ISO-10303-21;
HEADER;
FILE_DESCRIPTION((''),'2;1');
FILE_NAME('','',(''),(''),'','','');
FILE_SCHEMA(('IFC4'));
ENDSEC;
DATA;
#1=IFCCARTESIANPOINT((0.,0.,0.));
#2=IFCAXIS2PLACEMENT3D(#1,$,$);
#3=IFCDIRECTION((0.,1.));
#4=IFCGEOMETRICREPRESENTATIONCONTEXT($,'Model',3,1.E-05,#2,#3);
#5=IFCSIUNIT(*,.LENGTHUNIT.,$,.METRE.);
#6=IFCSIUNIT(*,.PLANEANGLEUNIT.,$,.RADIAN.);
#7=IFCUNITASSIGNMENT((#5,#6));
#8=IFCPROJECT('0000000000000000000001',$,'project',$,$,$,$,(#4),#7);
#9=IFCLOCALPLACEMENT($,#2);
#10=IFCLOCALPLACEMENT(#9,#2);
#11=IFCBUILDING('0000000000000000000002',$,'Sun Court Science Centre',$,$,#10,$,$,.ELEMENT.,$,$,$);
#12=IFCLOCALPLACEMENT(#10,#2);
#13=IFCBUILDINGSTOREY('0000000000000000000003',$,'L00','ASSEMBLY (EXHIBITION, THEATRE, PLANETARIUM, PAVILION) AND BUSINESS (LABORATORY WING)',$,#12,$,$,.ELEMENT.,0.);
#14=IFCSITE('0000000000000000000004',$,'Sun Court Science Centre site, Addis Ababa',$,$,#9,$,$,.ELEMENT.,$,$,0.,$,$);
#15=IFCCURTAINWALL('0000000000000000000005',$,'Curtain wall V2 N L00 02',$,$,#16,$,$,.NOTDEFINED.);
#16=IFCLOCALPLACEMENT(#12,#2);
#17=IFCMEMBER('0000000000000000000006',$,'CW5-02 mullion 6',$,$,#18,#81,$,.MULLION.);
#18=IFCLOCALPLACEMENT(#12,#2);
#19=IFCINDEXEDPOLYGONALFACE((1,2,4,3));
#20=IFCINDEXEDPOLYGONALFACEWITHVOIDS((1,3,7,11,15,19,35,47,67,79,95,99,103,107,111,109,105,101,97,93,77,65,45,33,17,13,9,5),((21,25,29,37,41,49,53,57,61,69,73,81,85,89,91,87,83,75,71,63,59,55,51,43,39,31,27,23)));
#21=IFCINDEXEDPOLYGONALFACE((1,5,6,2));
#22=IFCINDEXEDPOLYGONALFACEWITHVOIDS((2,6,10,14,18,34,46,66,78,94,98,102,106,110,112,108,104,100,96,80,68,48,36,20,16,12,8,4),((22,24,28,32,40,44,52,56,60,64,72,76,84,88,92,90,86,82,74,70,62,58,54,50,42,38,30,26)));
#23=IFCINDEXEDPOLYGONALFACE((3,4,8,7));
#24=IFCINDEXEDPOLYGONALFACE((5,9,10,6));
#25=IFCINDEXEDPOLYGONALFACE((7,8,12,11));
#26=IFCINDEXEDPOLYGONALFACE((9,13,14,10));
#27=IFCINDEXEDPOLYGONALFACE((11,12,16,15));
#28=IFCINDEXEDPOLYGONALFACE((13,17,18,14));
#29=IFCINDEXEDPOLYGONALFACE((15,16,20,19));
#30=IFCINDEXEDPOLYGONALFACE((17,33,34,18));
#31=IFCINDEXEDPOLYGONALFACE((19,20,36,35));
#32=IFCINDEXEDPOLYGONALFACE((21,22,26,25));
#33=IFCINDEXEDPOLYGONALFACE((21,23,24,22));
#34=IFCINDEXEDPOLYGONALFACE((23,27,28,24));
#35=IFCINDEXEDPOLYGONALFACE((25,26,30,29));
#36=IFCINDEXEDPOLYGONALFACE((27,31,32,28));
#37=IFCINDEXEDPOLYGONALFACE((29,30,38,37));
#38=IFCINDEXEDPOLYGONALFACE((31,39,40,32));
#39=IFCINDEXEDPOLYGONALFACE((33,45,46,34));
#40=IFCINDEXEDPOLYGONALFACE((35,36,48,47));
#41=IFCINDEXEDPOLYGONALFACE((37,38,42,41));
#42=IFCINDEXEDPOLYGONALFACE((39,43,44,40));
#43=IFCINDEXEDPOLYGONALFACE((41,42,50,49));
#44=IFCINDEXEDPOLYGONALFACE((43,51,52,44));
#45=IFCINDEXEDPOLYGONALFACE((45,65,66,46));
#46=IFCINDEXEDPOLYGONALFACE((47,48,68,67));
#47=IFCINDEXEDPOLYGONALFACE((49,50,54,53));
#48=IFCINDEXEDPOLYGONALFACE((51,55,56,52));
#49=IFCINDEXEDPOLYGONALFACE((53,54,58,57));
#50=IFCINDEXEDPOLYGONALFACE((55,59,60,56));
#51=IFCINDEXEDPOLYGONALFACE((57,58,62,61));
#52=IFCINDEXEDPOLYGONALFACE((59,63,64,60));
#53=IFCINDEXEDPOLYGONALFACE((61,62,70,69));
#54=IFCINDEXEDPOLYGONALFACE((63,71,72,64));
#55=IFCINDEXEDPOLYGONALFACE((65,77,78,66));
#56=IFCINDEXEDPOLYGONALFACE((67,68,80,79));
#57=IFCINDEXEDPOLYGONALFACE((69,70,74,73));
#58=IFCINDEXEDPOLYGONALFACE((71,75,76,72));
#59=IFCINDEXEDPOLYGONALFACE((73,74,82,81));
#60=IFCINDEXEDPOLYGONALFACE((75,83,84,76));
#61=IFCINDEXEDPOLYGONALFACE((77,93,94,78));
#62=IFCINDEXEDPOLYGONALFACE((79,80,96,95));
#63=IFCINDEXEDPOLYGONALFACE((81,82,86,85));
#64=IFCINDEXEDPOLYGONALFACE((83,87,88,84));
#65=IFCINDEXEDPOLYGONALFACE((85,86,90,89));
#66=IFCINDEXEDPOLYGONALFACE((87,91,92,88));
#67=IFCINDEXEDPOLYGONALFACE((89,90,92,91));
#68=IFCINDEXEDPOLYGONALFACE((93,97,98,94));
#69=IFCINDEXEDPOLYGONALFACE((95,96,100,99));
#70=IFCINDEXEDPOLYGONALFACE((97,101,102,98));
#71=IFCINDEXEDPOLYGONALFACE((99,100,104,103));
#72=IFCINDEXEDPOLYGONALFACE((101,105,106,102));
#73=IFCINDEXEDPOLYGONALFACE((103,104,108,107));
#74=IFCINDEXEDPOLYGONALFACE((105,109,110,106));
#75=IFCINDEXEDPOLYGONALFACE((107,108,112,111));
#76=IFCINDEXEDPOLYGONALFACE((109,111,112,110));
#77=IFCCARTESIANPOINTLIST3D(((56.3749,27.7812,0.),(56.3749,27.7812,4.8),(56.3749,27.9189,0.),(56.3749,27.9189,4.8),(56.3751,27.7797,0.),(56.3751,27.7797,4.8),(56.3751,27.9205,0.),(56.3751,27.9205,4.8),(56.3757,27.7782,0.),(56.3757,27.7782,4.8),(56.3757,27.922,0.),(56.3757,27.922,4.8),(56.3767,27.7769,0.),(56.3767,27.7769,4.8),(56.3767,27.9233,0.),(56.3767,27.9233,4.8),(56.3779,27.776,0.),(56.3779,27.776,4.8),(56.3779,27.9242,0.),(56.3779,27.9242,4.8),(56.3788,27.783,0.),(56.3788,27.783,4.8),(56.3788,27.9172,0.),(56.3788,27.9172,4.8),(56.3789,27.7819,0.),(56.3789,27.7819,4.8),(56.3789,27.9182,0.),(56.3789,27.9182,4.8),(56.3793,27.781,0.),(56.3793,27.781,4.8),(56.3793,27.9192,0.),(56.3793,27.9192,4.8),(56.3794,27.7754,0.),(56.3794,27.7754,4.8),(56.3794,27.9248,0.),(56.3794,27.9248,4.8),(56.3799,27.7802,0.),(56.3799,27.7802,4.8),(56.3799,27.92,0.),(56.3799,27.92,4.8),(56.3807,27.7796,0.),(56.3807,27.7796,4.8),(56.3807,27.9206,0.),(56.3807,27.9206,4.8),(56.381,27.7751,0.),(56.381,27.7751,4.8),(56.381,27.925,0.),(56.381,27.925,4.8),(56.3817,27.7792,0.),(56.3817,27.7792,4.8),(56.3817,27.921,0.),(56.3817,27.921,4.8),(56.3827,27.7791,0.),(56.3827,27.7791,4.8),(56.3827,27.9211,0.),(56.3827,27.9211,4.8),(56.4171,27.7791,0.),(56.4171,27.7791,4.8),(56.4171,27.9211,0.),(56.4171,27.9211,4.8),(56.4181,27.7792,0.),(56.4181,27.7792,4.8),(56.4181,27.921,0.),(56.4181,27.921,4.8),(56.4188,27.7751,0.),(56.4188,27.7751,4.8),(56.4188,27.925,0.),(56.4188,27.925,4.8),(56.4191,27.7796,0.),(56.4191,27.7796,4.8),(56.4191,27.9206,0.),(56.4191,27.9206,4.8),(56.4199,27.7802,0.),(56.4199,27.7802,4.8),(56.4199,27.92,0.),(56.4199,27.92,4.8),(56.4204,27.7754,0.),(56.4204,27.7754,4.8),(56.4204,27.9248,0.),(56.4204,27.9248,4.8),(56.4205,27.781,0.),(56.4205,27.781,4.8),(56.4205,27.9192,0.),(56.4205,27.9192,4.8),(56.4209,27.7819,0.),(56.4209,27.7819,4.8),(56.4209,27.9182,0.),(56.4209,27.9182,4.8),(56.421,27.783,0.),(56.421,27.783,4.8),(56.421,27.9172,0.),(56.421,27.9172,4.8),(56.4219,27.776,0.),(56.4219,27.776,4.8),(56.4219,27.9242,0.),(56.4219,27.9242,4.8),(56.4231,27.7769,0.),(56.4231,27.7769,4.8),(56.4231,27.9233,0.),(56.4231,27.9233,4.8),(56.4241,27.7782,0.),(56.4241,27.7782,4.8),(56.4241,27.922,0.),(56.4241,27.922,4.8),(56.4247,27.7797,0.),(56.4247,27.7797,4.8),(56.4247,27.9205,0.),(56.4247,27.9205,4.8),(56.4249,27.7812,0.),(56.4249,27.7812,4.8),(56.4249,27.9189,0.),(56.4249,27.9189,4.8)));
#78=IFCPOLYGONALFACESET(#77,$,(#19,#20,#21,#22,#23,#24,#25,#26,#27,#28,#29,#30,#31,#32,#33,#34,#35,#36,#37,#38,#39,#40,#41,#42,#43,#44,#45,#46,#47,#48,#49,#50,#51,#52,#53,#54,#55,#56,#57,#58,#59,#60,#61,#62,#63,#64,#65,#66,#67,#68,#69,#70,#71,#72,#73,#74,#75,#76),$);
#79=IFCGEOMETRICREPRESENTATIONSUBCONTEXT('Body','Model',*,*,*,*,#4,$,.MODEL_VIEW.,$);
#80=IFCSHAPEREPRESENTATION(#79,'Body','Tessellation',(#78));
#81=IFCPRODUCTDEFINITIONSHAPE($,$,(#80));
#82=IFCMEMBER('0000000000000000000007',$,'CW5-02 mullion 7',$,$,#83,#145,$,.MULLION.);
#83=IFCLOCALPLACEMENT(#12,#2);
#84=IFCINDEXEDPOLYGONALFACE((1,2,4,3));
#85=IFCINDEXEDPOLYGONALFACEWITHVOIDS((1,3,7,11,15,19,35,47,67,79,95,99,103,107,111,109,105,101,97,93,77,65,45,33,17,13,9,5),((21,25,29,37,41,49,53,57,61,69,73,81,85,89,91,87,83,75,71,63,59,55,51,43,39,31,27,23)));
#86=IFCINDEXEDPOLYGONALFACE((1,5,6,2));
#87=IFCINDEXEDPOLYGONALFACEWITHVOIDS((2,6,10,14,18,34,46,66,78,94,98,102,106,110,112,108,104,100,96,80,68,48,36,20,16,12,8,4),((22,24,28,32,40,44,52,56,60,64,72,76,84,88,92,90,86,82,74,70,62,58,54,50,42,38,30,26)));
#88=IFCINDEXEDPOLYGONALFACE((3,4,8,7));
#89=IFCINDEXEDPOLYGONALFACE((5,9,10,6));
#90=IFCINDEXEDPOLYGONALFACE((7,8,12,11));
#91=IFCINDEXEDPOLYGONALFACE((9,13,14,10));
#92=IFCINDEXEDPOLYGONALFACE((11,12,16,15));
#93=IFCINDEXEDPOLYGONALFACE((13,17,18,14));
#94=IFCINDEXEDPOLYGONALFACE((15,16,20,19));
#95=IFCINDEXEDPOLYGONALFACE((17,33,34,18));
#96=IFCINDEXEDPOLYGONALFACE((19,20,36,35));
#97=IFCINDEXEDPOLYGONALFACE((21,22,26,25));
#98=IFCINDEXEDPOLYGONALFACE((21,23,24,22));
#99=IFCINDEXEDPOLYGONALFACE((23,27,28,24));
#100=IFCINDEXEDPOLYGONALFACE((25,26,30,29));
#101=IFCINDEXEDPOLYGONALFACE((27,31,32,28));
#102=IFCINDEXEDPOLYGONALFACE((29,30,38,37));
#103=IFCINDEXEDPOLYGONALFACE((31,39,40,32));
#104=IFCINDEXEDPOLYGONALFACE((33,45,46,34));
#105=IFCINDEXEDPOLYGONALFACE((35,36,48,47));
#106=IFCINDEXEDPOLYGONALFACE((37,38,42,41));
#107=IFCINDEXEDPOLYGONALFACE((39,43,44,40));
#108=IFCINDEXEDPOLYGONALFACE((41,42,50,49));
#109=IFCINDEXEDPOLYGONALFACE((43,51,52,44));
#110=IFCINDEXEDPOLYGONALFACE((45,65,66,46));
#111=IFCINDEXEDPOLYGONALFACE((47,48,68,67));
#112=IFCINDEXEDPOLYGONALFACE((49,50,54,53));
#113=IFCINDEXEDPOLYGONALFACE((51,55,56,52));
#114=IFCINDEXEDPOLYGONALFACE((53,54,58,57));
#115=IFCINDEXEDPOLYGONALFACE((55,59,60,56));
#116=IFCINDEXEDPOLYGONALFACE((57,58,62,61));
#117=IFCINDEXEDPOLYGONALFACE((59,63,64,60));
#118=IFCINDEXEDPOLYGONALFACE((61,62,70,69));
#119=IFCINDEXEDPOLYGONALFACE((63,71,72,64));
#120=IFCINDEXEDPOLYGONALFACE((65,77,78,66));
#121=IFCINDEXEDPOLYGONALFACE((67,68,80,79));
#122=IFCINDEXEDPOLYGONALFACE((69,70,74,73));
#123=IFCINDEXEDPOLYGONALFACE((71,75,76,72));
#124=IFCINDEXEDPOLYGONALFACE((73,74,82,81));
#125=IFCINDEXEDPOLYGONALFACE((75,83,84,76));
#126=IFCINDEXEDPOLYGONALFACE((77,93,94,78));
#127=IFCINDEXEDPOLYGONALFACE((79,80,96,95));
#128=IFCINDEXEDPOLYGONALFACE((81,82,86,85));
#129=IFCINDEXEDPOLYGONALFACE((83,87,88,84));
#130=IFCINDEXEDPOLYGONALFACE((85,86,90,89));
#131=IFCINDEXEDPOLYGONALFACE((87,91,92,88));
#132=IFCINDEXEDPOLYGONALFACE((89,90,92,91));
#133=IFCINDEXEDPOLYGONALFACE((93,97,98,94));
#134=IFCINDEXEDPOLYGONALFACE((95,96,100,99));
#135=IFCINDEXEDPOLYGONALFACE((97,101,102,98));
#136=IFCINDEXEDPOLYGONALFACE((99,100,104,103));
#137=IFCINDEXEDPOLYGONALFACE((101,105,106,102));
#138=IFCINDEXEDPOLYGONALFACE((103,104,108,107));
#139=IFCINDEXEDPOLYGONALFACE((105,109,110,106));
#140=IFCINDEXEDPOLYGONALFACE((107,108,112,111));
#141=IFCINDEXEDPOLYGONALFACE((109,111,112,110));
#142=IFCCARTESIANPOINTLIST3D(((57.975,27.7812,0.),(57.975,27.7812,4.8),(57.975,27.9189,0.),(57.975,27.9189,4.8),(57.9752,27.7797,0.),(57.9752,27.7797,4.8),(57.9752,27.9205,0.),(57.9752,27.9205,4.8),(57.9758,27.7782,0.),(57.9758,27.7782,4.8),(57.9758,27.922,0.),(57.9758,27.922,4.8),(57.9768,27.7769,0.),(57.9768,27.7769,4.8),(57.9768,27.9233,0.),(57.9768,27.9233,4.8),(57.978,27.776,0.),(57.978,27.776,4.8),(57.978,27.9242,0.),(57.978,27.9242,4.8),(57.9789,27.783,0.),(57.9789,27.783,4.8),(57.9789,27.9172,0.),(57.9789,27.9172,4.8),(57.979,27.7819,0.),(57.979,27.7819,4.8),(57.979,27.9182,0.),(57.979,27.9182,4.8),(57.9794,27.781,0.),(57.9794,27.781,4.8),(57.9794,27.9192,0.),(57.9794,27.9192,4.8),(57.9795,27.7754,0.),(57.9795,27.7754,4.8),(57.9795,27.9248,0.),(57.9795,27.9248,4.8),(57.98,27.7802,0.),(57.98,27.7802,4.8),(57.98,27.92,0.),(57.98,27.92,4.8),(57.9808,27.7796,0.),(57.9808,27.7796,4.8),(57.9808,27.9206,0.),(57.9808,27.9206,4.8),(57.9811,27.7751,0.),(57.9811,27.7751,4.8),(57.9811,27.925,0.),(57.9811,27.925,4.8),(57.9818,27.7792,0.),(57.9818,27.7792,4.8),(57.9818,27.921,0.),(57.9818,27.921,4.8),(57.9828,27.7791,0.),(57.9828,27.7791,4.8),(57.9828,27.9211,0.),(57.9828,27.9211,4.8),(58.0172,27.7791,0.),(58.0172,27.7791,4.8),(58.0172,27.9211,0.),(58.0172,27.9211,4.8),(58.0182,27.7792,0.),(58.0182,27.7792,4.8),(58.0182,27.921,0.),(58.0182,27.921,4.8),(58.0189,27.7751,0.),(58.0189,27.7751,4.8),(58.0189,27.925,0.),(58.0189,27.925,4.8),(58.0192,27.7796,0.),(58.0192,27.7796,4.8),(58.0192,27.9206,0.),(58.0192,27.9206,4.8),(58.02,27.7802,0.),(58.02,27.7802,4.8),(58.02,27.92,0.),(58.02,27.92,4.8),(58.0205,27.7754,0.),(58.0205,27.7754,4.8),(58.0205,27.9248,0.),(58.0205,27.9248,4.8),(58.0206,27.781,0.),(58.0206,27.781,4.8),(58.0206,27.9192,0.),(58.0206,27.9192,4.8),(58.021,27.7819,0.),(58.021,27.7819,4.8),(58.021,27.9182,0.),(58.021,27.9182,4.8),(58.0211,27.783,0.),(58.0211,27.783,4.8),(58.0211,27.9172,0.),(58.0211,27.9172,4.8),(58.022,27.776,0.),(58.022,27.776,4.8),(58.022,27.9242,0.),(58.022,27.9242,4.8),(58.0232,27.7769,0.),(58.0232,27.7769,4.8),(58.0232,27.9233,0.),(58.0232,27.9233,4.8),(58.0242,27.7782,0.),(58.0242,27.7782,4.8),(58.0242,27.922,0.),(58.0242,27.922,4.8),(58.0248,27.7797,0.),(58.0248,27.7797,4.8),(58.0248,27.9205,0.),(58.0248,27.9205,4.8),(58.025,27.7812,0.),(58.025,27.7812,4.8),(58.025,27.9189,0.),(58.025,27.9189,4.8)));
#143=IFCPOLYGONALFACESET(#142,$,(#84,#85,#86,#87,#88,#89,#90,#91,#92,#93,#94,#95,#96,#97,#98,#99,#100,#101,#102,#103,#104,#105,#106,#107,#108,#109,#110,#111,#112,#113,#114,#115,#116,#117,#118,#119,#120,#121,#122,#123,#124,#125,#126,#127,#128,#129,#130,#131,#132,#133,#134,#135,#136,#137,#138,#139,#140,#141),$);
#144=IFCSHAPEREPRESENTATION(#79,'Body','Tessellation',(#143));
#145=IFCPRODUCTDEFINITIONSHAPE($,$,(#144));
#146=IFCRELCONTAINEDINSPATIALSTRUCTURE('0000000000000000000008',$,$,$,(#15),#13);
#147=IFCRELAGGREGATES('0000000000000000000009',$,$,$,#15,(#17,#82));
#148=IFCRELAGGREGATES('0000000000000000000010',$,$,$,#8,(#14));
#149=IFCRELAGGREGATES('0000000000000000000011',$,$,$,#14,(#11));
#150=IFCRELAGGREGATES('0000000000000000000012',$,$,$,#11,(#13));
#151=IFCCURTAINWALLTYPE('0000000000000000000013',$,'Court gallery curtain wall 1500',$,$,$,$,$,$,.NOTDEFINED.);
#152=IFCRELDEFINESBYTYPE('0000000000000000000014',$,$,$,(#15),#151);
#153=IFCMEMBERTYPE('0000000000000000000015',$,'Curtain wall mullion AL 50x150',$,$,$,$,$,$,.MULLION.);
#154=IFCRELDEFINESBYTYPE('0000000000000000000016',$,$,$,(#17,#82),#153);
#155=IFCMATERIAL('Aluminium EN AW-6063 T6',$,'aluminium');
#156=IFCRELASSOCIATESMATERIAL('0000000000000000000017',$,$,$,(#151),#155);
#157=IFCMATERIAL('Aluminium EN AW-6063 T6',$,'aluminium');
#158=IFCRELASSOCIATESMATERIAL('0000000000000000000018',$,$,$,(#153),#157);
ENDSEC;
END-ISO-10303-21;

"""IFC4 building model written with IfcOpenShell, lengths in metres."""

from ifc_helpers import new_model, si_unit, direction, frame, origin, origin_2d, place, context, subcontext, project, spatial, hollow_rectangle, extrude, material, material_profile, profile_set, type_object, element, aggregate, save


model = new_model("IFC4")

# Units and contexts
model_context = context("Model", 3, precision=1e-05, world=origin(), true_north=direction((0.0, 1.0)))
body_context = subcontext(model_context, "Body", "Model", "MODEL_VIEW")
ifc_project = project(units=[si_unit("LENGTHUNIT", "METRE"), si_unit("PLANEANGLEUNIT", "RADIAN")], contexts=[model_context])

# Site, building, storey
site_placement = place(None, origin())
site = spatial("IfcSite", under=ifc_project, at=site_placement, Name="Sun Court Science Centre site, Addis Ababa", CompositionType="ELEMENT", RefElevation=0.0)
building_placement = place(site_placement, origin())
building = spatial("IfcBuilding", under=site, at=building_placement, Name="Sun Court Science Centre", CompositionType="ELEMENT")
storey_placement = place(building_placement, origin())
storey = spatial("IfcBuildingStorey", under=building, at=storey_placement, Name="L00", Description="ASSEMBLY (EXHIBITION, THEATRE, PLANETARIUM, PAVILION) AND BUSINESS (LABORATORY WING)", CompositionType="ELEMENT", Elevation=0.0)

# Curtain wall, members
ifc_material_1 = material(Name="Aluminium EN AW-6063 T6", Category="aluminium")
curtain_wall_type = type_object("IfcCurtainWallType", Name="Court gallery curtain wall 1500", PredefinedType="NOTDEFINED", material=ifc_material_1)
curtain_wall_placement = place(storey_placement, origin())
curtain_wall = element("IfcCurtainWall", 1, at=curtain_wall_placement, inside=storey, type_object=curtain_wall_type, Name="Curtain wall V2 N L00 02", PredefinedType="NOTDEFINED")
ifc_material_2 = material(Name="Aluminium EN AW-6063 T6", Category="aluminium")
ifc_material_profile_1 = material_profile(ifc_material_2, hollow_rectangle(XDim=0.05, YDim=0.1499, WallThickness=0.0039, InnerFilletRadius=0.0039, OuterFilletRadius=0.0061, at=origin_2d()), Name="AL 50x150x4")
ifc_profile_set_1 = profile_set([ifc_material_profile_1], Name="Aluminium EN AW-6063 T6")
member_type_1 = type_object("IfcMemberType", Name="Curtain wall mullion AL 50x150", PredefinedType="MULLION", material=ifc_profile_set_1)
member_1_placement = place(storey_placement, frame((56.3999, 27.8501, 0.0), z_axis=(0.0, 0.0, 1.0), x_axis=(1.0, 0.0, 0.0)))
member_1 = element("IfcMember", 2, at=member_1_placement, type_object=member_type_1, Name="CW5-02 mullion 6", PredefinedType="MULLION", context=body_context, shape_type="SweptSolid", body=[
    extrude(hollow_rectangle(XDim=0.05, YDim=0.1499, WallThickness=0.0039, InnerFilletRadius=0.0039, OuterFilletRadius=0.0061, at=origin_2d()), origin(), (0.0, 0.0, 1.0), 4.8),
])
member_2_placement = place(storey_placement, frame((58.0, 27.8501, 0.0), z_axis=(0.0, 0.0, 1.0), x_axis=(1.0, 0.0, 0.0)))
member_2 = element("IfcMember", 3, at=member_2_placement, type_object=member_type_1, Name="CW5-02 mullion 7", PredefinedType="MULLION", context=body_context, shape_type="SweptSolid", body=[
    extrude(hollow_rectangle(XDim=0.05, YDim=0.1499, WallThickness=0.0039, InnerFilletRadius=0.0039, OuterFilletRadius=0.0061, at=origin_2d()), origin(), (0.0, 0.0, 1.0), 4.8),
])
aggregate(curtain_wall, [member_1, member_2])

save(model, "model.ifc")
